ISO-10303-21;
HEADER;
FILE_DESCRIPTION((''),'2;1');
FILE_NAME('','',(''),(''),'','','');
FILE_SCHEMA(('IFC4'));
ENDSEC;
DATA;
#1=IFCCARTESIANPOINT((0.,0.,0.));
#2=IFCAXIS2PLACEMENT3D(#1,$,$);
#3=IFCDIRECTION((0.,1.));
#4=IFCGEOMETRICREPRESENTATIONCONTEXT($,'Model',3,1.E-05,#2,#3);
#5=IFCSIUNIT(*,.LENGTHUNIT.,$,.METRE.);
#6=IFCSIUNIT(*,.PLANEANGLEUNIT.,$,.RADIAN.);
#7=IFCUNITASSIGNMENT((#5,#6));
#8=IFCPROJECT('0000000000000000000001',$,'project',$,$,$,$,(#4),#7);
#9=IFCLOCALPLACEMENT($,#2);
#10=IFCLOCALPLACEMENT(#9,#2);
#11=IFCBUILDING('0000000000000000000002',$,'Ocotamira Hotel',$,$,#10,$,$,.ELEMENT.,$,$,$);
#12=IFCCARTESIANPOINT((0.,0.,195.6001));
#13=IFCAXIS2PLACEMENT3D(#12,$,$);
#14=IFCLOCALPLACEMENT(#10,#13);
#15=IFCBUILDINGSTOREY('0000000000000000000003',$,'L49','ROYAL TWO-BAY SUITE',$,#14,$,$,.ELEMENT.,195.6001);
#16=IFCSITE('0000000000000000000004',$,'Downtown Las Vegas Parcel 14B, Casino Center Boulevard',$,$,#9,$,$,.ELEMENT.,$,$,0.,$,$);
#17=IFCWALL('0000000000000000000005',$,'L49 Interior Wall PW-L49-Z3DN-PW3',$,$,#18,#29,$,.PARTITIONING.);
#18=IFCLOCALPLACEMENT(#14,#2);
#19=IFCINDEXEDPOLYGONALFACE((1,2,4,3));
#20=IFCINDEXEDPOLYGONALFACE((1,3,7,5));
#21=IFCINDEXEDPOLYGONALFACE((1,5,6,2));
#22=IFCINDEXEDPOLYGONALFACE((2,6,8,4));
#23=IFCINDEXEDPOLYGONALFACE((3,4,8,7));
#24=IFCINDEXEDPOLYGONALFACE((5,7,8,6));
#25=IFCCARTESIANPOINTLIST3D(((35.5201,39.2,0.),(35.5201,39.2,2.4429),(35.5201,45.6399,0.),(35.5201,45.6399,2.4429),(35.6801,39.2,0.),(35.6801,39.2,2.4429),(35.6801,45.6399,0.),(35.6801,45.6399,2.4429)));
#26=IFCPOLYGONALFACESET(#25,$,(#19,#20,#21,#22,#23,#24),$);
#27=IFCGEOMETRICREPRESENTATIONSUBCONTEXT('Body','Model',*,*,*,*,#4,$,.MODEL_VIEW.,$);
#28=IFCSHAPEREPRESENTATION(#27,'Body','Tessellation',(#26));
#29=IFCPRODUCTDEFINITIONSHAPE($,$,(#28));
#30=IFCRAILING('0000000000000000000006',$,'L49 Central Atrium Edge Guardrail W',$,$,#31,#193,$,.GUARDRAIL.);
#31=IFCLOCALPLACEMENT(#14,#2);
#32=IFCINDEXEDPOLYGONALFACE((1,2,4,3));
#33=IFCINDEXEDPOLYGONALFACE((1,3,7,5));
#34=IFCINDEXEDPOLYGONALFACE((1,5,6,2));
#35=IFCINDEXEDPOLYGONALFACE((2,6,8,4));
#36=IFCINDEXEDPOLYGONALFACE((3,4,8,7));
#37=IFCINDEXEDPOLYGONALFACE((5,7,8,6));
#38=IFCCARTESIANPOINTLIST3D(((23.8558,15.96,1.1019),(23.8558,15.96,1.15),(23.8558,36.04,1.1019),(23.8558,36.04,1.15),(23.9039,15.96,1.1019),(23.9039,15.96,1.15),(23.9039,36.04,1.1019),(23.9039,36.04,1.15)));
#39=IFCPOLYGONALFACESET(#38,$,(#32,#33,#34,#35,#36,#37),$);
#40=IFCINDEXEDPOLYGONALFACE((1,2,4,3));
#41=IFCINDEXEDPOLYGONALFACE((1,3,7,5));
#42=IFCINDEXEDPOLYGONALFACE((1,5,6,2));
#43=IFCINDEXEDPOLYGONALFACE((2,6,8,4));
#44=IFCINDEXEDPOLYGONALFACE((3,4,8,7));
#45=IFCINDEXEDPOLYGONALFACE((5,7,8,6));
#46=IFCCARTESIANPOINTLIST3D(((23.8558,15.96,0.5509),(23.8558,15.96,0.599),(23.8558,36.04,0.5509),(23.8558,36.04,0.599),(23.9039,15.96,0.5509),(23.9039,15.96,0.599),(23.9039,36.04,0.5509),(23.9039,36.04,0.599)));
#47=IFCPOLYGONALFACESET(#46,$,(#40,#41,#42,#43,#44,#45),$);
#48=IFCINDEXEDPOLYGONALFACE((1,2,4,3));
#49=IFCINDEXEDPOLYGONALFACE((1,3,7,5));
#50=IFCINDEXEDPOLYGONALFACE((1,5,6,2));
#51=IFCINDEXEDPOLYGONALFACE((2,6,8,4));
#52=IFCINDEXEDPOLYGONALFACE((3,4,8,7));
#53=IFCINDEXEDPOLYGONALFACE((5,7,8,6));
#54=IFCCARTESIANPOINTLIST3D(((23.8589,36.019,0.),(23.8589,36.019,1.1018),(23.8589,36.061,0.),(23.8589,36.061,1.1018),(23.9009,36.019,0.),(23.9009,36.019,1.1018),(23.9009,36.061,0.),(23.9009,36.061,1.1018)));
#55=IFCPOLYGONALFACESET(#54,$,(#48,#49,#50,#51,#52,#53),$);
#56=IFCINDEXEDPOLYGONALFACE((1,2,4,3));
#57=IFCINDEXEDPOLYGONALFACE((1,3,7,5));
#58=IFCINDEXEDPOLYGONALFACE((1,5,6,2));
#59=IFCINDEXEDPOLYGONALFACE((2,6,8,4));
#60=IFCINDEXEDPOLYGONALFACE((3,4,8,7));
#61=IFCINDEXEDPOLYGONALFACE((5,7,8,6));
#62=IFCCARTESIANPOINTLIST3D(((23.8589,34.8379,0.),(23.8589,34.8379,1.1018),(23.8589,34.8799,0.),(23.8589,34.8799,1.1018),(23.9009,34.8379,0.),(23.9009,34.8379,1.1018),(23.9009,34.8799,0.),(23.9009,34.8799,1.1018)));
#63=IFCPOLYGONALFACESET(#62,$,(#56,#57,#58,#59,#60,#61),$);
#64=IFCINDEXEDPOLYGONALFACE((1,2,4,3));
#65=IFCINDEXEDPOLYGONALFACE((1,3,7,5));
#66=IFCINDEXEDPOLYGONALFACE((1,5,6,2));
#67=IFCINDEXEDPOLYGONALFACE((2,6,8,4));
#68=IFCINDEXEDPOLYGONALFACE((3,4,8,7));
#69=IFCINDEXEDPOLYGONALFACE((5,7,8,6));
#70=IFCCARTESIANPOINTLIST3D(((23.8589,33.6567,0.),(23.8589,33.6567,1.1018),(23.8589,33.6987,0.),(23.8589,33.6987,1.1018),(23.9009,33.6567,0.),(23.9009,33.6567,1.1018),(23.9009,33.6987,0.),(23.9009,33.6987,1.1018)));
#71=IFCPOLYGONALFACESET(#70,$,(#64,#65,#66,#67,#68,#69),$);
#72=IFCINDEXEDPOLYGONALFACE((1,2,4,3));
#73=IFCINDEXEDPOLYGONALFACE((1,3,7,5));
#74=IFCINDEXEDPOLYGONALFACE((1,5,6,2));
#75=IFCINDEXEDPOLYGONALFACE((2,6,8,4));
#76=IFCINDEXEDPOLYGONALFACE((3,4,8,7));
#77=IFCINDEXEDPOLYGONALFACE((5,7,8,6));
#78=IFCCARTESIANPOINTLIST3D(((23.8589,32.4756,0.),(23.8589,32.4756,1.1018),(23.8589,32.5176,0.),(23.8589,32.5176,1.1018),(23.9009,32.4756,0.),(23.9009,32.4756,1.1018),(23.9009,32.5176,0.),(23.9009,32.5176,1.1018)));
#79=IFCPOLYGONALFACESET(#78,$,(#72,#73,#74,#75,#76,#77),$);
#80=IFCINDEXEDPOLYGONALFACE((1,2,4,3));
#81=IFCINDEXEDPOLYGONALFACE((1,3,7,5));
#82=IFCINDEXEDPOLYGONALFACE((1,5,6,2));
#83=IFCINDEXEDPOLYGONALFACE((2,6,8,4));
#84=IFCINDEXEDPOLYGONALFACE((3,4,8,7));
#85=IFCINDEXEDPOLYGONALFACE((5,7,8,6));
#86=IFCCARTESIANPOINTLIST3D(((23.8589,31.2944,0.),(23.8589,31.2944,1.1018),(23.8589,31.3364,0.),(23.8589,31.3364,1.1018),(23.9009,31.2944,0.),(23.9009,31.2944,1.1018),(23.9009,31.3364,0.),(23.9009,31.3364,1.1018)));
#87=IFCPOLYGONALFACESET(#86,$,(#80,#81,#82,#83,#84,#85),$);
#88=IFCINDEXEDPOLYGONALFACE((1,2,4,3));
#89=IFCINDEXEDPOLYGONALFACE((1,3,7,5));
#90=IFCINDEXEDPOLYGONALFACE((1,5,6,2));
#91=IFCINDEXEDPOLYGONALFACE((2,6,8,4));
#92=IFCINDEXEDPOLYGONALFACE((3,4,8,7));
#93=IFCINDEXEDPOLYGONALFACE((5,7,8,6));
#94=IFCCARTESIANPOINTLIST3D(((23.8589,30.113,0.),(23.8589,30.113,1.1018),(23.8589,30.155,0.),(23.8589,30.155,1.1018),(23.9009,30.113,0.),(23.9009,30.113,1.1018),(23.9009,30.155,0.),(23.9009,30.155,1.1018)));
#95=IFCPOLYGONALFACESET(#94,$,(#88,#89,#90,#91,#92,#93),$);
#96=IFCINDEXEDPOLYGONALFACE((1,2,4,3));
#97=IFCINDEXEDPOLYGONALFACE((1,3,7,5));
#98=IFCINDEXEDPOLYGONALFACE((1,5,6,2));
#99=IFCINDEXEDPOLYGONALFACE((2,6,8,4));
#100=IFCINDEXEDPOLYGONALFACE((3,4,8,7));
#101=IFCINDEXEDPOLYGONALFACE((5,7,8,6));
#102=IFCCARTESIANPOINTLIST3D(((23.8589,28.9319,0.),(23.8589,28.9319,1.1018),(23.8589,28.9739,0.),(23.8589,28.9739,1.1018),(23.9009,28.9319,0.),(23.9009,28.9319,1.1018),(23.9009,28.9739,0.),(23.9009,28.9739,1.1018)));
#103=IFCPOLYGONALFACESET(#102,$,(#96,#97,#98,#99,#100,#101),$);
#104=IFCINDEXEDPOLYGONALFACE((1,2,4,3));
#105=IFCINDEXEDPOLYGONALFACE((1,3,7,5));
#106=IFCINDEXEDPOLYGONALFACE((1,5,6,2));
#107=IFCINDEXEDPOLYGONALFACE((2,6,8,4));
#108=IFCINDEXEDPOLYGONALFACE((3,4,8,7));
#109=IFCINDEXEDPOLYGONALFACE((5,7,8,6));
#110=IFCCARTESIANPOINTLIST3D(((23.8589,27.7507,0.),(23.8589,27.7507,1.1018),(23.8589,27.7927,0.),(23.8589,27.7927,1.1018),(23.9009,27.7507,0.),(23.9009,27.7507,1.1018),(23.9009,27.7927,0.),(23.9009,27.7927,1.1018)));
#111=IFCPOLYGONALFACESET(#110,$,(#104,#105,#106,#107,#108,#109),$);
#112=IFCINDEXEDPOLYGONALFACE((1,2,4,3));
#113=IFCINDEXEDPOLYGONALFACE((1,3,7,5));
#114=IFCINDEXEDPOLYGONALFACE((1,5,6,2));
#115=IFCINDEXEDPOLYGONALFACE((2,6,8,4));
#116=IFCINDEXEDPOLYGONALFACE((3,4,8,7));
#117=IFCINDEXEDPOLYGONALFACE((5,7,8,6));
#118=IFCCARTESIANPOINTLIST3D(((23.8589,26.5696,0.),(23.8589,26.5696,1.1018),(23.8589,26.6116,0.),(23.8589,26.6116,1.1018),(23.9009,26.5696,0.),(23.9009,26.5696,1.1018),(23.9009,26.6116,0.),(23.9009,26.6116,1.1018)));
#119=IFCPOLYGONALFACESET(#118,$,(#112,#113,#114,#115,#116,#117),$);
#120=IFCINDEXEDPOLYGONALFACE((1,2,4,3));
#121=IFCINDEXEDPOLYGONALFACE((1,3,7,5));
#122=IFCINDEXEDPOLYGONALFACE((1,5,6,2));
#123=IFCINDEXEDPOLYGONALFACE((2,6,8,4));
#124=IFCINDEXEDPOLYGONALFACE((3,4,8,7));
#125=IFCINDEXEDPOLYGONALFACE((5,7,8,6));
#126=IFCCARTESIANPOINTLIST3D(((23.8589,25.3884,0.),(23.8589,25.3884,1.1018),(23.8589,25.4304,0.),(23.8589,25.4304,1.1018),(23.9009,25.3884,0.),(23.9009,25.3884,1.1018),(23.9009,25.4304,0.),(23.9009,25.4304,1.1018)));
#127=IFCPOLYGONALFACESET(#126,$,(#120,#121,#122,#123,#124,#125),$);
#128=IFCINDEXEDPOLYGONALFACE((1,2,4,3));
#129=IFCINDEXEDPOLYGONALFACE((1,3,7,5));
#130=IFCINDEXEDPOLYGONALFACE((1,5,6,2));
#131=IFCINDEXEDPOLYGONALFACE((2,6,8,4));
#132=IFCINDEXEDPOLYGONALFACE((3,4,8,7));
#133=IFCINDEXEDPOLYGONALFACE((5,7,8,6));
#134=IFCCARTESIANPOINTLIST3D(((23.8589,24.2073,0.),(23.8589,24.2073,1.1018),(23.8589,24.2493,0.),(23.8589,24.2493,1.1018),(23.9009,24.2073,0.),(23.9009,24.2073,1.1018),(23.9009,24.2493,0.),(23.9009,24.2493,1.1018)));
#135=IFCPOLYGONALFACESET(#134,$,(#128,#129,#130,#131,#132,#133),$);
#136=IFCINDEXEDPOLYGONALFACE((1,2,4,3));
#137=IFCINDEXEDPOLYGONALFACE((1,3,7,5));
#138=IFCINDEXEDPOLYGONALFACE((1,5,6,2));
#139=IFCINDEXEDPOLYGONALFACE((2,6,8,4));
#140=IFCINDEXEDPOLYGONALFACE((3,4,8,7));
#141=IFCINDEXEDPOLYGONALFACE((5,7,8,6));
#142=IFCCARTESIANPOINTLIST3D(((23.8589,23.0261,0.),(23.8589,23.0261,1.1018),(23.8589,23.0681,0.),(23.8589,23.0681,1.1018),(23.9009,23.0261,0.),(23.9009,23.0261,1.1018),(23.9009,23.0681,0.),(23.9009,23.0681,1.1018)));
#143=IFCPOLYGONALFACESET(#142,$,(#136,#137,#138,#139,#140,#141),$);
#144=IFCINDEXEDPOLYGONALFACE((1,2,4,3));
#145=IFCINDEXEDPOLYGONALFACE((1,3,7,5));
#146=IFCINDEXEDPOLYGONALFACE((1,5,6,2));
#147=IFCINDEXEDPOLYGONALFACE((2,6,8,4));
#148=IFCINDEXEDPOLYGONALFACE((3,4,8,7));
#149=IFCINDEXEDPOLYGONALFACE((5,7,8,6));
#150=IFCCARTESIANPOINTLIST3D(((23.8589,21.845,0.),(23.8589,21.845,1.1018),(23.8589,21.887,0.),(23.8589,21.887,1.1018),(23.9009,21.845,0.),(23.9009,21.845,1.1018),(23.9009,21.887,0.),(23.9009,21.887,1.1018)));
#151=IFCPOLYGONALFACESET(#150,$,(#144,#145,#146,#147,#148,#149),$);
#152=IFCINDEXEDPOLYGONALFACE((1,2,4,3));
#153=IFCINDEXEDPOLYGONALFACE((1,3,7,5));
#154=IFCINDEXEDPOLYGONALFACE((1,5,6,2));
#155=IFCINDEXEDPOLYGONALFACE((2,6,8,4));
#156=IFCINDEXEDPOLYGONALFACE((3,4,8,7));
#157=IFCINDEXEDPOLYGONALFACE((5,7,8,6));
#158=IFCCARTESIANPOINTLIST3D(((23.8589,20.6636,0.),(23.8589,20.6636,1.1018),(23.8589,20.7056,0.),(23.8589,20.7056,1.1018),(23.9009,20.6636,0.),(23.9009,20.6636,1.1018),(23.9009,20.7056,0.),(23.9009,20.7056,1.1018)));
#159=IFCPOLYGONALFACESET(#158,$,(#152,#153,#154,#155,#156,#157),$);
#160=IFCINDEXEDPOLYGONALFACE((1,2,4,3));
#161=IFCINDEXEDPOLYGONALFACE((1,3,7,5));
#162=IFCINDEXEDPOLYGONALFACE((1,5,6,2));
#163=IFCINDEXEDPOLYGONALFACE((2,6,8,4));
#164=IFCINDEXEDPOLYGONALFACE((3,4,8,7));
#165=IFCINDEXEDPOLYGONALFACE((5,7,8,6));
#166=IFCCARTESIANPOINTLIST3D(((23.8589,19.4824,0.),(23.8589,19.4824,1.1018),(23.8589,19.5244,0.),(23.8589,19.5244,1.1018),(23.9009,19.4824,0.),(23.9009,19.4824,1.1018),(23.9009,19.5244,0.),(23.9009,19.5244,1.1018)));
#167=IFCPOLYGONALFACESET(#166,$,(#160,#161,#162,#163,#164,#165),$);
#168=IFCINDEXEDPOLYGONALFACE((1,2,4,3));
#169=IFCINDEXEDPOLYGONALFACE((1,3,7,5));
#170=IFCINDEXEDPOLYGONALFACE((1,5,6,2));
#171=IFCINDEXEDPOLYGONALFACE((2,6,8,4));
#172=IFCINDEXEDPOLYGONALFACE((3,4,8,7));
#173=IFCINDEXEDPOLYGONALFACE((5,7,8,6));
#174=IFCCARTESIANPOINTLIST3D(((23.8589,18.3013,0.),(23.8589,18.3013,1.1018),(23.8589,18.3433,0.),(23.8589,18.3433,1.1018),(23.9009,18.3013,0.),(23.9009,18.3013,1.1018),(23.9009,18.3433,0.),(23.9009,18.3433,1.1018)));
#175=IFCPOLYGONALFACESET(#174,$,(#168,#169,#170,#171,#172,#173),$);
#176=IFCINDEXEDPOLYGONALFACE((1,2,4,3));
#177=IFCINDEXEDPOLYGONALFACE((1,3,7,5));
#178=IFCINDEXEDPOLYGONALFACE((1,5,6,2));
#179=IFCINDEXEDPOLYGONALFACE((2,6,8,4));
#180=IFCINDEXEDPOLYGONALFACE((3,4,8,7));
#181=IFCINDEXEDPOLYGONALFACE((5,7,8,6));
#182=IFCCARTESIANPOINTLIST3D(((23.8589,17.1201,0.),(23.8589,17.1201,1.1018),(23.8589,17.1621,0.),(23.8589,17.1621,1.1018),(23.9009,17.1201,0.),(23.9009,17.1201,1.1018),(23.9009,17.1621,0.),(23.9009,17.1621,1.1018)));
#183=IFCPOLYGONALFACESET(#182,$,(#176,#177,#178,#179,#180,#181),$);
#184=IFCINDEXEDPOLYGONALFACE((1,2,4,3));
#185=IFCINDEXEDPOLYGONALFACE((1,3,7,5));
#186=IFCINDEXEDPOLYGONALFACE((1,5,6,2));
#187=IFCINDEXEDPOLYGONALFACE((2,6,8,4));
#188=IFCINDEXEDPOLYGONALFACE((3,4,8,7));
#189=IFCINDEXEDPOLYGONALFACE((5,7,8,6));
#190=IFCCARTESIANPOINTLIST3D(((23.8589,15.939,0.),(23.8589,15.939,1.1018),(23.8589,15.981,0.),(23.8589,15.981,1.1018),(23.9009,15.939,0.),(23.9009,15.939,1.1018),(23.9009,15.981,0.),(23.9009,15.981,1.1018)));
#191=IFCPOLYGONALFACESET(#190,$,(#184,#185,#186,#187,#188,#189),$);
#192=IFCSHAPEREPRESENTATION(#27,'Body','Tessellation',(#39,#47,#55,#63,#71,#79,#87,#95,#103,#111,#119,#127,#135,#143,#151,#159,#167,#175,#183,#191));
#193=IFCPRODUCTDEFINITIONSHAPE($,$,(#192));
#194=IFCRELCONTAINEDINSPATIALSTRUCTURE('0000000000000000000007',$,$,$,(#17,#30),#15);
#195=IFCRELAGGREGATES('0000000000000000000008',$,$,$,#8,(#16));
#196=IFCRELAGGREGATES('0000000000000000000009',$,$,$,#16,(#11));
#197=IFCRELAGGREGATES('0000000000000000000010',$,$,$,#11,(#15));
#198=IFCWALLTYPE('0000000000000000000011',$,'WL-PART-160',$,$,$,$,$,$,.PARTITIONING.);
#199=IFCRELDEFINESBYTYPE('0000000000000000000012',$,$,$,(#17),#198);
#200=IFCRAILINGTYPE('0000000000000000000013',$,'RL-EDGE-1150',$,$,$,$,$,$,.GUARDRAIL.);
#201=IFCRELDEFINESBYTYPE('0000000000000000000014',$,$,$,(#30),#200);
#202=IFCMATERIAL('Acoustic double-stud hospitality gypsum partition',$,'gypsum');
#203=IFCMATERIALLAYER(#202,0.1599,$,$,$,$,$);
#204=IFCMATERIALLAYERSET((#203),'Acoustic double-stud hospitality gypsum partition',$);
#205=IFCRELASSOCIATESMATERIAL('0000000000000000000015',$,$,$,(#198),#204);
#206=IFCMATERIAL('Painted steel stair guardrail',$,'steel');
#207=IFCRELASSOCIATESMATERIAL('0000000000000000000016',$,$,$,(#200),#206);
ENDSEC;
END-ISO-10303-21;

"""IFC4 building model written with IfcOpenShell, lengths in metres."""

from ifc_helpers import new_model, si_unit, direction, frame, frame_2d, origin, origin_2d, place, context, subcontext, project, spatial, rectangle, extrude, material, layer, layer_set, type_object, element, save


model = new_model("IFC4")

# Units and contexts
model_context = context("Model", 3, precision=1e-05, world=origin(), true_north=direction((0.0, 1.0)))
body_context = subcontext(model_context, "Body", "Model", "MODEL_VIEW")
ifc_project = project(units=[si_unit("LENGTHUNIT", "METRE"), si_unit("PLANEANGLEUNIT", "RADIAN")], contexts=[model_context])

# Site, building, storey
site_placement = place(None, origin())
site = spatial("IfcSite", under=ifc_project, at=site_placement, Name="Downtown Las Vegas Parcel 14B, Casino Center Boulevard", CompositionType="ELEMENT", RefElevation=0.0)
building_placement = place(site_placement, origin())
building = spatial("IfcBuilding", under=site, at=building_placement, Name="Ocotamira Hotel", CompositionType="ELEMENT")
storey_placement = place(building_placement, frame((0.0, 0.0, 195.6001)))
storey = spatial("IfcBuildingStorey", under=building, at=storey_placement, Name="L49", Description="ROYAL TWO-BAY SUITE", CompositionType="ELEMENT", Elevation=195.6001)

# Wall
ifc_material_1 = material(Name="Acoustic double-stud hospitality gypsum partition", Category="gypsum")
ifc_layer_1 = layer(ifc_material_1, 0.1599)
ifc_layer_set_1 = layer_set([ifc_layer_1], Name="Acoustic double-stud hospitality gypsum partition")
wall_type_1 = type_object("IfcWallType", Name="WL-PART-160", PredefinedType="PARTITIONING", material=ifc_layer_set_1)
for number, where, z_axis, x_axis, name in (
    (1, (35.6001, 39.2, 0.0), (0.0, 0.0, 1.0), (0.0, 1.0, 0.0), "L49 Interior Wall PW-L49-Z3DN-PW3"),
):
    element("IfcWall", number, at=place(storey_placement, frame(where, z_axis=z_axis, x_axis=x_axis)), inside=storey, type_object=wall_type_1, Name=name, PredefinedType="PARTITIONING", context=body_context, shape_type="SweptSolid", body=[
        extrude(rectangle(XDim=6.4399, YDim=0.1599, at=frame_2d((3.22, 0.0))), origin(), (0.0, 0.0, 1.0), 2.4429),
    ])

# Railing
ifc_material_2 = material(Name="Painted steel stair guardrail", Category="steel")
railing_type = type_object("IfcRailingType", Name="RL-EDGE-1150", PredefinedType="GUARDRAIL", material=ifc_material_2)
railing_placement = place(storey_placement, frame((23.8799, 36.04, 0.0)))
element("IfcRailing", 2, at=railing_placement, inside=storey, type_object=railing_type, Name="L49 Central Atrium Edge Guardrail W", PredefinedType="GUARDRAIL", context=body_context, shape_type="SweptSolid", body=[
    extrude(rectangle(XDim=0.0481, YDim=0.0481, at=origin_2d()), frame((0.0, 0.0, 1.126), z_axis=(0.0, -1.0, 0.0), x_axis=(1.0, 0.0, 0.0)), (0.0, 0.0, 1.0), 20.0801),
    extrude(rectangle(XDim=0.0481, YDim=0.0481, at=origin_2d()), frame((0.0, 0.0, 0.575), z_axis=(0.0, -1.0, 0.0), x_axis=(1.0, 0.0, 0.0)), (0.0, 0.0, 1.0), 20.0801),
    extrude(rectangle(XDim=0.042, YDim=0.042, at=origin_2d()), origin(), (0.0, 0.0, 1.0), 1.1018),
    extrude(rectangle(XDim=0.042, YDim=0.042, at=origin_2d()), frame((0.0, -1.1812, 0.0)), (0.0, 0.0, 1.0), 1.1018),
    extrude(rectangle(XDim=0.042, YDim=0.042, at=origin_2d()), frame((0.0, -2.3623, 0.0)), (0.0, 0.0, 1.0), 1.1018),
    extrude(rectangle(XDim=0.042, YDim=0.042, at=origin_2d()), frame((0.0, -3.5435, 0.0)), (0.0, 0.0, 1.0), 1.1018),
    extrude(rectangle(XDim=0.042, YDim=0.042, at=origin_2d()), frame((0.0, -4.7246, 0.0)), (0.0, 0.0, 1.0), 1.1018),
    extrude(rectangle(XDim=0.042, YDim=0.042, at=origin_2d()), frame((0.0, -5.906, 0.0)), (0.0, 0.0, 1.0), 1.1018),
    extrude(rectangle(XDim=0.042, YDim=0.042, at=origin_2d()), frame((0.0, -7.0872, 0.0)), (0.0, 0.0, 1.0), 1.1018),
    extrude(rectangle(XDim=0.042, YDim=0.042, at=origin_2d()), frame((0.0, -8.2683, 0.0)), (0.0, 0.0, 1.0), 1.1018),
    extrude(rectangle(XDim=0.042, YDim=0.042, at=origin_2d()), frame((0.0, -9.4495, 0.0)), (0.0, 0.0, 1.0), 1.1018),
    extrude(rectangle(XDim=0.042, YDim=0.042, at=origin_2d()), frame((0.0, -10.6306, 0.0)), (0.0, 0.0, 1.0), 1.1018),
    extrude(rectangle(XDim=0.042, YDim=0.042, at=origin_2d()), frame((0.0, -11.8118, 0.0)), (0.0, 0.0, 1.0), 1.1018),
    extrude(rectangle(XDim=0.042, YDim=0.042, at=origin_2d()), frame((0.0, -12.9929, 0.0)), (0.0, 0.0, 1.0), 1.1018),
    extrude(rectangle(XDim=0.042, YDim=0.042, at=origin_2d()), frame((0.0, -14.1741, 0.0)), (0.0, 0.0, 1.0), 1.1018),
    extrude(rectangle(XDim=0.042, YDim=0.042, at=origin_2d()), frame((0.0, -15.3555, 0.0)), (0.0, 0.0, 1.0), 1.1018),
    extrude(rectangle(XDim=0.042, YDim=0.042, at=origin_2d()), frame((0.0, -16.5366, 0.0)), (0.0, 0.0, 1.0), 1.1018),
    extrude(rectangle(XDim=0.042, YDim=0.042, at=origin_2d()), frame((0.0, -17.7178, 0.0)), (0.0, 0.0, 1.0), 1.1018),
    extrude(rectangle(XDim=0.042, YDim=0.042, at=origin_2d()), frame((0.0, -18.8989, 0.0)), (0.0, 0.0, 1.0), 1.1018),
    extrude(rectangle(XDim=0.042, YDim=0.042, at=origin_2d()), frame((0.0, -20.0801, 0.0)), (0.0, 0.0, 1.0), 1.1018),
])

save(model, "model.ifc")
